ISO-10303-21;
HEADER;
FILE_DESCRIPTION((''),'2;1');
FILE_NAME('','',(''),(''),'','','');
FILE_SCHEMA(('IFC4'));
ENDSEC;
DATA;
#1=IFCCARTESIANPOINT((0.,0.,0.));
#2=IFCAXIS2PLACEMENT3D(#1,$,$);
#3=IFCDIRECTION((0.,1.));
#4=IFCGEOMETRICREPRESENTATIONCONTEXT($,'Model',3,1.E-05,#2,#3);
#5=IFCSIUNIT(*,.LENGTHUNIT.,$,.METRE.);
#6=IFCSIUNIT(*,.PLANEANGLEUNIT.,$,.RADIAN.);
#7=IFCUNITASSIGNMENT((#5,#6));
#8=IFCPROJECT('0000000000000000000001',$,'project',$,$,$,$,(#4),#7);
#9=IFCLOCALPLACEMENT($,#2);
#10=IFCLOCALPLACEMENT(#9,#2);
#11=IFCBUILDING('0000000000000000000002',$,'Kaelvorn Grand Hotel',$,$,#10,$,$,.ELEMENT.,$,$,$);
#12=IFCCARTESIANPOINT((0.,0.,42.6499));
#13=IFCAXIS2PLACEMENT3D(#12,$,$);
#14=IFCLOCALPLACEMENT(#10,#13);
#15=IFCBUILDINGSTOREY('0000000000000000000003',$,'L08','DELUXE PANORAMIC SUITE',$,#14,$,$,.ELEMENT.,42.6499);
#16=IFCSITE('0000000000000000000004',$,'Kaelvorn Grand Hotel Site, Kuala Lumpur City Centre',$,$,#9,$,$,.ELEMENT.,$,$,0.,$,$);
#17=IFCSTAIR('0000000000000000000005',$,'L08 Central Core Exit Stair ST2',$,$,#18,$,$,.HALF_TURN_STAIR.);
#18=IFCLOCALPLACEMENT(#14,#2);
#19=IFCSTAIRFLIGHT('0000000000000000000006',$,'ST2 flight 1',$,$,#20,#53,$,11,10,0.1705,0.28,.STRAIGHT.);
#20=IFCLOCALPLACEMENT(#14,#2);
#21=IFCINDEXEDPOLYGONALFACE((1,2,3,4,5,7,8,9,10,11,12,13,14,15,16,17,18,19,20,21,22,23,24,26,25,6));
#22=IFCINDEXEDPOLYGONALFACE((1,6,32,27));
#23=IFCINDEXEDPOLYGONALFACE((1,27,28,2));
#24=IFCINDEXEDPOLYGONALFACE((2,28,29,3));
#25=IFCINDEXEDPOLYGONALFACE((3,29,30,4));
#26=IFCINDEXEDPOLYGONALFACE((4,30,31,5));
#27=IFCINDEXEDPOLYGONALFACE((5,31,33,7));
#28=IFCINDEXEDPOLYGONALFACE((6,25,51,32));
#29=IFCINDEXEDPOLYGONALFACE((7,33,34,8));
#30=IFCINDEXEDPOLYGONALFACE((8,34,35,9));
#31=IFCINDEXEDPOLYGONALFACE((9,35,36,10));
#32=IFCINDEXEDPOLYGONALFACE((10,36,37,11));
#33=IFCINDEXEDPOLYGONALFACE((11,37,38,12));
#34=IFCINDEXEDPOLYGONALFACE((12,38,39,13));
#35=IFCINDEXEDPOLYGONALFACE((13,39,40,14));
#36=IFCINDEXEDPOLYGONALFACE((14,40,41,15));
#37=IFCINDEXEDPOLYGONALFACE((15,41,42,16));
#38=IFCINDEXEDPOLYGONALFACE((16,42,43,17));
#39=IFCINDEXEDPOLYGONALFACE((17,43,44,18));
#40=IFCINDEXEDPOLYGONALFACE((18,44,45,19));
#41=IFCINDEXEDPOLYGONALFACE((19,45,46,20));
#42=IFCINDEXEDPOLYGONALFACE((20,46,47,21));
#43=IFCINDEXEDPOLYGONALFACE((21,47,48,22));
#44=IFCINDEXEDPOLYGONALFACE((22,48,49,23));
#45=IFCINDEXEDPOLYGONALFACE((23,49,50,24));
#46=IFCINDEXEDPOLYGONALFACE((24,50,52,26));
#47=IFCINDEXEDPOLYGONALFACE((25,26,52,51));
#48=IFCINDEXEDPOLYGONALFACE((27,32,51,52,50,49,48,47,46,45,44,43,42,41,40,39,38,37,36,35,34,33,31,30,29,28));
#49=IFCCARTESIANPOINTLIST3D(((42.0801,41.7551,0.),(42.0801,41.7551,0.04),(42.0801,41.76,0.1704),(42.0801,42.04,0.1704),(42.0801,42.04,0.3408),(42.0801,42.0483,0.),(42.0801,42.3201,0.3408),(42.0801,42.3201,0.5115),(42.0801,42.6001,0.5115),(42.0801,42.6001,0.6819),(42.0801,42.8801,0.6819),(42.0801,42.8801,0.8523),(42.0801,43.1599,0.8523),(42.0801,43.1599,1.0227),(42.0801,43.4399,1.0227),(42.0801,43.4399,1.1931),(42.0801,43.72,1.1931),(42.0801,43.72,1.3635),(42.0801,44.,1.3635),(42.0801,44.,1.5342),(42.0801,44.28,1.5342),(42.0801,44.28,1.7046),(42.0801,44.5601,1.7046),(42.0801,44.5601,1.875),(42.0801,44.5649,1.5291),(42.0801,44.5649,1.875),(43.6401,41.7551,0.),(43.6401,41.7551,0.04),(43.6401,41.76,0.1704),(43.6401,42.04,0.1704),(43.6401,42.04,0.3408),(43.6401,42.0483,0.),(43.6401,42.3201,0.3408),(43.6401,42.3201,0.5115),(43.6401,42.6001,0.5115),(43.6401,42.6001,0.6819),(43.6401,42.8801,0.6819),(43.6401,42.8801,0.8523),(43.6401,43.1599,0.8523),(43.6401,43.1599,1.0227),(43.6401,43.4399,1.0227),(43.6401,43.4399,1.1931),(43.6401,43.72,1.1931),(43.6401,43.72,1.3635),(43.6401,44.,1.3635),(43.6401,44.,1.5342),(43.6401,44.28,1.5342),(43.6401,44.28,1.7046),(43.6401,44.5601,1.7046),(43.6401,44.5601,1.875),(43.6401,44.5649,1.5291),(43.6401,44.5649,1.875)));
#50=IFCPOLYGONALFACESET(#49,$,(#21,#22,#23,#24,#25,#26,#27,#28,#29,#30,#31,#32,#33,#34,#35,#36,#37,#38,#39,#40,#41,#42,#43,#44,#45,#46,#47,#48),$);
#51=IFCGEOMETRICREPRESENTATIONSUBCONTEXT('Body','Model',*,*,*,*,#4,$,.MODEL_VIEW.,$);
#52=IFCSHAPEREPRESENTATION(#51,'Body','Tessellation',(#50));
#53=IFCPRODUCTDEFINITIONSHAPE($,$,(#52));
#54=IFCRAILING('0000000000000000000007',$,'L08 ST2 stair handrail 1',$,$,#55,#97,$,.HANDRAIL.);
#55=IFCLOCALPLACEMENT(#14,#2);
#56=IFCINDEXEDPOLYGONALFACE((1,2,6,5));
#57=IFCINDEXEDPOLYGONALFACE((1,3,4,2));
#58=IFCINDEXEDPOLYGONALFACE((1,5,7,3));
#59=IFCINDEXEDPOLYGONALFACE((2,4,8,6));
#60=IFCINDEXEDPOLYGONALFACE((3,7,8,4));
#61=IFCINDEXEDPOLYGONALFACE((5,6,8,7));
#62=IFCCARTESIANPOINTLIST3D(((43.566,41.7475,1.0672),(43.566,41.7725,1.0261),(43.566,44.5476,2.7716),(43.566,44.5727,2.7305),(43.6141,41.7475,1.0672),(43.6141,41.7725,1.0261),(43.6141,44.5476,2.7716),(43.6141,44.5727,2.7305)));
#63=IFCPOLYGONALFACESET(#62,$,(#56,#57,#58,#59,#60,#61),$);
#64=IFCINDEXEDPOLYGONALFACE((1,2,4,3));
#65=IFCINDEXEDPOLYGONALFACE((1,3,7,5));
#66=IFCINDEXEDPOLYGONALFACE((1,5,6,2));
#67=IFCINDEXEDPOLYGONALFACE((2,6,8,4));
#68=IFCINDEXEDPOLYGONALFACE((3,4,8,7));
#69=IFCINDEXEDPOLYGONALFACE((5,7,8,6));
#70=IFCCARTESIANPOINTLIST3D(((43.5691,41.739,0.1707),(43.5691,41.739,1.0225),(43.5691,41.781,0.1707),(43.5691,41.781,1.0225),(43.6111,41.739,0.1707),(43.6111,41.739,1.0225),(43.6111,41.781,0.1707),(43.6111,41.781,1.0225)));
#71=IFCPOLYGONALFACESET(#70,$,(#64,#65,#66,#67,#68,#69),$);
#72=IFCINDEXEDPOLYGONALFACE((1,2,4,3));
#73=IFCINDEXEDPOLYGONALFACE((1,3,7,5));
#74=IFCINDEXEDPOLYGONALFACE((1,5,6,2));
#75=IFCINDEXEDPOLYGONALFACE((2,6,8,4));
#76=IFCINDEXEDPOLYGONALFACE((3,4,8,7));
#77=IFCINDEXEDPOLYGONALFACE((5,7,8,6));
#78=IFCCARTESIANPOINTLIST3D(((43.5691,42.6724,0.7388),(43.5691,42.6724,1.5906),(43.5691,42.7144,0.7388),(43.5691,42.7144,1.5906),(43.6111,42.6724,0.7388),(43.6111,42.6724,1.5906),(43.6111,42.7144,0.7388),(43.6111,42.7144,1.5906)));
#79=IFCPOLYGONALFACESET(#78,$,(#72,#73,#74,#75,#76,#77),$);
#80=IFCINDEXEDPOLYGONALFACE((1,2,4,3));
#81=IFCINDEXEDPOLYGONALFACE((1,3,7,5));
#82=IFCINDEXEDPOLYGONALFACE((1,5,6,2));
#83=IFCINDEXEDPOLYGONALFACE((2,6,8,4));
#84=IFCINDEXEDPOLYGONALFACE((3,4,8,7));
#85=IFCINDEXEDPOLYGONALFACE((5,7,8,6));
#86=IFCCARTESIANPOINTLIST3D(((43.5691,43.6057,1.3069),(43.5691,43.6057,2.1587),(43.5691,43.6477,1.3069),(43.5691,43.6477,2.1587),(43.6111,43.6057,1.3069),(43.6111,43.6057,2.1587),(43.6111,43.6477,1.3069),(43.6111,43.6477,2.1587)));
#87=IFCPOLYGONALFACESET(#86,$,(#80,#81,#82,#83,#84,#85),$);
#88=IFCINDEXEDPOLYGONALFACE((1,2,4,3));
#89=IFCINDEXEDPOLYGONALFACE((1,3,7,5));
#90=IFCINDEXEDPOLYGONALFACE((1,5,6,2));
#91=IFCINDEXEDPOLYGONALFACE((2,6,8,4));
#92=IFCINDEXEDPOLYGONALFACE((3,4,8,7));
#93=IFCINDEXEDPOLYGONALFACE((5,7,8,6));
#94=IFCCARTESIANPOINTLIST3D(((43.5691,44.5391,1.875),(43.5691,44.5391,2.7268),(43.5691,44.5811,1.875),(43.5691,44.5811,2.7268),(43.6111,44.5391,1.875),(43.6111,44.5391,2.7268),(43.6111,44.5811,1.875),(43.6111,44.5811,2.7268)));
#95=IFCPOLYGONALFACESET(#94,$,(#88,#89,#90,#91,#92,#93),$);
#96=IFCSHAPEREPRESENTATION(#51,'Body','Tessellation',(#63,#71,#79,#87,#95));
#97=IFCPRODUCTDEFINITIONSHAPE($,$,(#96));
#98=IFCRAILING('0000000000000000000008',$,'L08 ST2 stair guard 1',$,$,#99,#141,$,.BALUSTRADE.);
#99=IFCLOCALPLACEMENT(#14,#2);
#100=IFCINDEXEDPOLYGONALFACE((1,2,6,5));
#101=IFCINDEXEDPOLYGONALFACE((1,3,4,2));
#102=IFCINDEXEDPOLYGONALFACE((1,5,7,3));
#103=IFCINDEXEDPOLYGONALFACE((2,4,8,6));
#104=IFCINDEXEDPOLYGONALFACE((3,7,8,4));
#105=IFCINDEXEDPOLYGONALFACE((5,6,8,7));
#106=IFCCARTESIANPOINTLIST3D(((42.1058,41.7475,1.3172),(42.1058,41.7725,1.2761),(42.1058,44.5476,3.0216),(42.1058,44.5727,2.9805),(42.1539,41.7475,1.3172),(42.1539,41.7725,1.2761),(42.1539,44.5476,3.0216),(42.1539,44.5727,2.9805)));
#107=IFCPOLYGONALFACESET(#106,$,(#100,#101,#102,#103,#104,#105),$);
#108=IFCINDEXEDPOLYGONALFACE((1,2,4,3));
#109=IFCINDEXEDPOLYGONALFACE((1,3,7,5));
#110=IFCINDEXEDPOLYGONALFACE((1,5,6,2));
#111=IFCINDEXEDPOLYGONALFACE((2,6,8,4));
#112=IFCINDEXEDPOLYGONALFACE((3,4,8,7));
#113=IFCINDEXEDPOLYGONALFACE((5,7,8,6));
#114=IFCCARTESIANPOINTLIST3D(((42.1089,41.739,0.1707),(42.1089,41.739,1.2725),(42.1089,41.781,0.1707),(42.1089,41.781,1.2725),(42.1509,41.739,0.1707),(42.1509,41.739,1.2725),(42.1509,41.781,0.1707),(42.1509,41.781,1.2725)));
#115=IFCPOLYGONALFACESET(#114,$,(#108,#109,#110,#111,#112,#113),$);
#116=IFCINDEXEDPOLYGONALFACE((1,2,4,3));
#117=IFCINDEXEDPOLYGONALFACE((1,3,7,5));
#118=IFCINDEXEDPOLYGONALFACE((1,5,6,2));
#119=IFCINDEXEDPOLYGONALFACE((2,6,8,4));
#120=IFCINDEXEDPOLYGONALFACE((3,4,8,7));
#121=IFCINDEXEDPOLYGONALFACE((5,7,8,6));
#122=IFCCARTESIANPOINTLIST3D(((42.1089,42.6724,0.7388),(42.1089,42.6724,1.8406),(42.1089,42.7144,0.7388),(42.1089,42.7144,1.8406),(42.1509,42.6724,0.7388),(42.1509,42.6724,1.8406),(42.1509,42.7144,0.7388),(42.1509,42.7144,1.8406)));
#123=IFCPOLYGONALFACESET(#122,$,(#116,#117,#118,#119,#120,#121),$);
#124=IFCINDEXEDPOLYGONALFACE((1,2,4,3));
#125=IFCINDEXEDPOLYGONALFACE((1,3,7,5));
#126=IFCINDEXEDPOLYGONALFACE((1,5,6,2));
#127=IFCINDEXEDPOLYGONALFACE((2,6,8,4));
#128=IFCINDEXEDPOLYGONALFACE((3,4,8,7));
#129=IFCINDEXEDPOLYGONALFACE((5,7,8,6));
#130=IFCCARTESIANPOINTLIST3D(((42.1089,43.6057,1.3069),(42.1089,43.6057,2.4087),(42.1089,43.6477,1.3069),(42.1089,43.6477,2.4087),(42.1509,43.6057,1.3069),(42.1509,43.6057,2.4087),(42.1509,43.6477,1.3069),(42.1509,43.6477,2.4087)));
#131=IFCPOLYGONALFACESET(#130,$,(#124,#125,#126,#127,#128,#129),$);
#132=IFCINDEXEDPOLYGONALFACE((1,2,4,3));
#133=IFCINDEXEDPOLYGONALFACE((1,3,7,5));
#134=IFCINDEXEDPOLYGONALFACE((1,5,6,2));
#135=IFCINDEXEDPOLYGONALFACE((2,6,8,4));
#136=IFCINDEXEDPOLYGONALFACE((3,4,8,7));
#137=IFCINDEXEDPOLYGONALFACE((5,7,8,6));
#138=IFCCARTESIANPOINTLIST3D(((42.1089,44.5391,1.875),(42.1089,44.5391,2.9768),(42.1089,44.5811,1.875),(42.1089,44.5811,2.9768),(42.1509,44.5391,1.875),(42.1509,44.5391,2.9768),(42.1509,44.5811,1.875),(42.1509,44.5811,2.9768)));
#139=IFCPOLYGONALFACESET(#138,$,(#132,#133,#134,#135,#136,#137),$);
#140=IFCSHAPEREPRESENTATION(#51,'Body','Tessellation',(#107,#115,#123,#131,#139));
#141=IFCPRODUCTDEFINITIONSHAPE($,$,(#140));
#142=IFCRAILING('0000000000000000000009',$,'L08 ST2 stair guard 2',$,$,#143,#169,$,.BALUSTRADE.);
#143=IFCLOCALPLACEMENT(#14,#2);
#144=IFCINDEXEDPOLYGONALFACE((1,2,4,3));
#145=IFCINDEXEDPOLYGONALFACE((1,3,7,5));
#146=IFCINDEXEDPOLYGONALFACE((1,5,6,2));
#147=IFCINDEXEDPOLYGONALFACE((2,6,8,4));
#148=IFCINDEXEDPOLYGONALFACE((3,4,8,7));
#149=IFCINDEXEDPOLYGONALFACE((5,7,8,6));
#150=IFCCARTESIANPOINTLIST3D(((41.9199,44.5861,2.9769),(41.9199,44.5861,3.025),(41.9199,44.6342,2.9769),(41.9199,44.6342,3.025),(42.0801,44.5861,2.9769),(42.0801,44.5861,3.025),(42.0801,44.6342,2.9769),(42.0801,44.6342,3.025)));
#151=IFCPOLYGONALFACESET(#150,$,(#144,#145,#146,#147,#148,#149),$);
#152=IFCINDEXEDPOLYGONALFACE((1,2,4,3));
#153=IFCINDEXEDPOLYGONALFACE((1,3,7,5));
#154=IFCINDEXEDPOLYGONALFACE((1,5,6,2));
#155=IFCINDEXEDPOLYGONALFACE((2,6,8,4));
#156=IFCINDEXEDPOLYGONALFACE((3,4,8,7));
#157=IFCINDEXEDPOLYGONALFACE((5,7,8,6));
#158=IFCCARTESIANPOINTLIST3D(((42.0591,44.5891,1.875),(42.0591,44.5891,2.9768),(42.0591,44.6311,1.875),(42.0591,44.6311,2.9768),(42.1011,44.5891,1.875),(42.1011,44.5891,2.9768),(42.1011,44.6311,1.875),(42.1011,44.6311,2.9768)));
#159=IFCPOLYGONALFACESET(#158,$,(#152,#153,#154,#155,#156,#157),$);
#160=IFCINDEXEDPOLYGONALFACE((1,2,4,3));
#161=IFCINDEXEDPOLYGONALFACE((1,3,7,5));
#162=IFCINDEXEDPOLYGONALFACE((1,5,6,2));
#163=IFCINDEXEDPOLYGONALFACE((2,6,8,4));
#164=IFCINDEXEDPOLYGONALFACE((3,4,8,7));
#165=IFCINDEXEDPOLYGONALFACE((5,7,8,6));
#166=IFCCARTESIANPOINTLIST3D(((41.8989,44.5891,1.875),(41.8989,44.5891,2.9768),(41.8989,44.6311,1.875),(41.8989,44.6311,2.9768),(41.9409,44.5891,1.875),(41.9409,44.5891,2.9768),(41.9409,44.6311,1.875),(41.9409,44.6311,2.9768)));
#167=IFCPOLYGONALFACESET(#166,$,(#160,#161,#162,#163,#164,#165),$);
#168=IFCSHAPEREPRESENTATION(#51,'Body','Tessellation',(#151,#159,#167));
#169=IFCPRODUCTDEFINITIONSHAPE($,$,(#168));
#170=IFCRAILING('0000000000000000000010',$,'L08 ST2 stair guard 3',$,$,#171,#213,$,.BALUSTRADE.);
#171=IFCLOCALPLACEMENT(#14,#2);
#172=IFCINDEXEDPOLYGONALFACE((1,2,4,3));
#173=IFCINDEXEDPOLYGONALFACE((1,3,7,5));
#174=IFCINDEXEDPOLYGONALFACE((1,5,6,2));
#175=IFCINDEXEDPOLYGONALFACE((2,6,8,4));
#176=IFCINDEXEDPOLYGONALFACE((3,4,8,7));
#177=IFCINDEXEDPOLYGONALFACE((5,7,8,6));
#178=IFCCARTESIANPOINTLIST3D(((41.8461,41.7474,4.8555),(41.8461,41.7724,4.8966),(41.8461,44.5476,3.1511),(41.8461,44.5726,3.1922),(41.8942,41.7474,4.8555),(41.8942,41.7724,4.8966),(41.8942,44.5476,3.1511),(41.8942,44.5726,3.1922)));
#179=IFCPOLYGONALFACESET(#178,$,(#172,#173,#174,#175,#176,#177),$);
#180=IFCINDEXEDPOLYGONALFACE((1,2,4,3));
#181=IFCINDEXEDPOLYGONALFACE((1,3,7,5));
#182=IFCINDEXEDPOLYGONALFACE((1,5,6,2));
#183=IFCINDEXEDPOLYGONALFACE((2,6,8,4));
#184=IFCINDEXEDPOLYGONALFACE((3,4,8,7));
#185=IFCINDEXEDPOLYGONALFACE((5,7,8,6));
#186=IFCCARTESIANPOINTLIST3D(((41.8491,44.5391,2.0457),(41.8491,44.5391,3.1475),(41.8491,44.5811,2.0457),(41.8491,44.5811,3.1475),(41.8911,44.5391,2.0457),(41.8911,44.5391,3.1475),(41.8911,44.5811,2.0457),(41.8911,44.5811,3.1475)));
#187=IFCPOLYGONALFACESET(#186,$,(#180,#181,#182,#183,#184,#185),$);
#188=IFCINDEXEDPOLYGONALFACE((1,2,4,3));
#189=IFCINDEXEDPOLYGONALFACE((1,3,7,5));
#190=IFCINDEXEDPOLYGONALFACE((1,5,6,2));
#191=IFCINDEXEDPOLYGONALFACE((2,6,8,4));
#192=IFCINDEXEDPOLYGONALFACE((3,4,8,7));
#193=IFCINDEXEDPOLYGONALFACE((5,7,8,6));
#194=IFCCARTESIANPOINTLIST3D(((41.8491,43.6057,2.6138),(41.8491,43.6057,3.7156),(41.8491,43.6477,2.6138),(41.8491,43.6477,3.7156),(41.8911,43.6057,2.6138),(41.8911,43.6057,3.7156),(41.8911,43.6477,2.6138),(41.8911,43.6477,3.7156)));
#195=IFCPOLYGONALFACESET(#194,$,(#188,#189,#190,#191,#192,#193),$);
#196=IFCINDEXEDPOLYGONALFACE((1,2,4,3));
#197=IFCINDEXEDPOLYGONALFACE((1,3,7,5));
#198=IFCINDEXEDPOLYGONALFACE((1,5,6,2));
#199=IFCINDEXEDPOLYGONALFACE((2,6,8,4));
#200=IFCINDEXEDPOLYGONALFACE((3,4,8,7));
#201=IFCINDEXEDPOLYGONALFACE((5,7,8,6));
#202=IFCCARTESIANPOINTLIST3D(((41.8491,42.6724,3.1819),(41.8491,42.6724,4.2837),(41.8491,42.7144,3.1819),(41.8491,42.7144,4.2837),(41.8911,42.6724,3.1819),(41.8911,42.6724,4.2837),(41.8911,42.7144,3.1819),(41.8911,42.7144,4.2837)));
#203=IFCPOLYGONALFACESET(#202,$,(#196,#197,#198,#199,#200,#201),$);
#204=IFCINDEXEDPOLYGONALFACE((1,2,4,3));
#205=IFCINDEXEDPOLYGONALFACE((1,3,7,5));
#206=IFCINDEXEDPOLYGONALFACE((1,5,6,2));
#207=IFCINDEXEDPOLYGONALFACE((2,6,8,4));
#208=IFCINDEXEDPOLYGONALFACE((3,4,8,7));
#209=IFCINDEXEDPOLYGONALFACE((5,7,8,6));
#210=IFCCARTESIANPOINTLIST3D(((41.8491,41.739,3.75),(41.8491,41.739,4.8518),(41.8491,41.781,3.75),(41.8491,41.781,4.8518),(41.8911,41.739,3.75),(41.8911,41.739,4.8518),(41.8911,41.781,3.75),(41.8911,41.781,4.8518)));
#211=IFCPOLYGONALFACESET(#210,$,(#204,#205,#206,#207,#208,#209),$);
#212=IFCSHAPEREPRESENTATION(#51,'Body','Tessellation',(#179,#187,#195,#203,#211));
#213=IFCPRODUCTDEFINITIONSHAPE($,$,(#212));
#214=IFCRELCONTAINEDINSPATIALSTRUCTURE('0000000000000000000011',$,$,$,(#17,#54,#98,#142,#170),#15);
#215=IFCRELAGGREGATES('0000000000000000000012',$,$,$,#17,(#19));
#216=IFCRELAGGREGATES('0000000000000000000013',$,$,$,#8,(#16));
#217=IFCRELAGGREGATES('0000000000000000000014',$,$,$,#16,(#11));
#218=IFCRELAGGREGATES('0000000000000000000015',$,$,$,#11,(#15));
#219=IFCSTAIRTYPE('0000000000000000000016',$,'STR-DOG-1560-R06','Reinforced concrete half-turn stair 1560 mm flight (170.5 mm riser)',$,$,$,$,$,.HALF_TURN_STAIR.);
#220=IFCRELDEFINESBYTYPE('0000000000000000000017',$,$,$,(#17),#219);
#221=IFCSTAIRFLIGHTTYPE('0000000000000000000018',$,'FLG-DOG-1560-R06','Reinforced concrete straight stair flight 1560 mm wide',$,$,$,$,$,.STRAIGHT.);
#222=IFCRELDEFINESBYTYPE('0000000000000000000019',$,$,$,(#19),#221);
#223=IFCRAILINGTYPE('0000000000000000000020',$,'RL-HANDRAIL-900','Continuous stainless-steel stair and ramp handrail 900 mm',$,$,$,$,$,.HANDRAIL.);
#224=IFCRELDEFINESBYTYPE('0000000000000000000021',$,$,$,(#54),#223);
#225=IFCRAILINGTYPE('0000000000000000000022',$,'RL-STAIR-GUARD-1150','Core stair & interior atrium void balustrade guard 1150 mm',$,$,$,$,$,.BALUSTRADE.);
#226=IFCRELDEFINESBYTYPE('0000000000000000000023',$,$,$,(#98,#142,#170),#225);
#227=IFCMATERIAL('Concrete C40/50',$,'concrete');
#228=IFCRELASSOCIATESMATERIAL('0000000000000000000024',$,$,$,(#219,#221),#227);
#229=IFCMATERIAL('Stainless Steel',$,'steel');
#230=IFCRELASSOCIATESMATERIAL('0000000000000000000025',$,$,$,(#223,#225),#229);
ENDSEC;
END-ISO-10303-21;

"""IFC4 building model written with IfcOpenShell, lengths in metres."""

from ifc_helpers import new_model, si_unit, direction, frame, origin, origin_2d, place, context, subcontext, project, spatial, polyline, rectangle, outline, extrude, material, type_object, element, aggregate, save


model = new_model("IFC4")

# Units and contexts
model_context = context("Model", 3, precision=1e-05, world=origin(), true_north=direction((0.0, 1.0)))
body_context = subcontext(model_context, "Body", "Model", "MODEL_VIEW")
ifc_project = project(units=[si_unit("LENGTHUNIT", "METRE"), si_unit("PLANEANGLEUNIT", "RADIAN")], contexts=[model_context])

# Site, building, storey
site_placement = place(None, origin())
site = spatial("IfcSite", under=ifc_project, at=site_placement, Name="Kaelvorn Grand Hotel Site, Kuala Lumpur City Centre", CompositionType="ELEMENT", RefElevation=0.0)
building_placement = place(site_placement, origin())
building = spatial("IfcBuilding", under=site, at=building_placement, Name="Kaelvorn Grand Hotel", CompositionType="ELEMENT")
storey_placement = place(building_placement, frame((0.0, 0.0, 42.6499)))
storey = spatial("IfcBuildingStorey", under=building, at=storey_placement, Name="L08", Description="DELUXE PANORAMIC SUITE", CompositionType="ELEMENT", Elevation=42.6499)

# Shared definitions
ifc_material_1 = material(Name="Concrete C40/50", Category="concrete")

# Shared definitions
ifc_material_2 = material(Name="Stainless Steel", Category="steel")

# Stair, stair flight
stair_type = type_object("IfcStairType", Name="STR-DOG-1560-R06", Description="Reinforced concrete half-turn stair 1560 mm flight (170.5 mm riser)", PredefinedType="HALF_TURN_STAIR", material=ifc_material_1)
stair_placement = place(storey_placement, origin())
stair = element("IfcStair", 1, at=stair_placement, inside=storey, type_object=stair_type, Name="L08 Central Core Exit Stair ST2", PredefinedType="HALF_TURN_STAIR")
stair_flight_type = type_object("IfcStairFlightType", Name="FLG-DOG-1560-R06", Description="Reinforced concrete straight stair flight 1560 mm wide", PredefinedType="STRAIGHT", material=ifc_material_1)
stair_flight_placement = place(storey_placement, frame((42.8601, 41.76, 0.0), z_axis=(0.0, 0.0, 1.0), x_axis=(0.0, 1.0, 0.0)))
stair_flight = element("IfcStairFlight", 2, at=stair_flight_placement, type_object=stair_flight_type, Name="ST2 flight 1", NumberOfRisers=11, NumberOfTreads=10, PredefinedType="STRAIGHT", RiserHeight=0.1705, TreadLength=0.28, context=body_context, shape_type="SweptSolid", body=[
    extrude(outline(polyline([(-0.0049, 0.0), (-0.0049, 0.04), (0.0, 0.1704), (0.28, 0.1704), (0.28, 0.3408), (0.5601, 0.3408), (0.5601, 0.5115), (0.8401, 0.5115), (0.8401, 0.6819), (1.1201, 0.6819), (1.1201, 0.8523), (1.3999, 0.8523), (1.3999, 1.0227), (1.6799, 1.0227), (1.6799, 1.1931), (1.96, 1.1931), (1.96, 1.3635), (2.24, 1.3635), (2.24, 1.5342), (2.52, 1.5342), (2.52, 1.7046), (2.8, 1.7046), (2.8, 1.875), (2.8049, 1.875), (2.8049, 1.5291), (0.2883, 0.0), (-0.0049, 0.0)])), frame((0.0, 0.78, 0.0), z_axis=(0.0, -1.0, 0.0), x_axis=(1.0, 0.0, 0.0)), (0.0, 0.0, 1.0), 1.5601),
])
aggregate(stair, [stair_flight])

# Railings
railing_type_1 = type_object("IfcRailingType", Name="RL-HANDRAIL-900", Description="Continuous stainless-steel stair and ramp handrail 900 mm", PredefinedType="HANDRAIL", material=ifc_material_2)
railing_1_placement = place(storey_placement, frame((43.5901, 41.76, 0.1707)))
element("IfcRailing", 3, at=railing_1_placement, inside=storey, type_object=railing_type_1, Name="L08 ST2 stair handrail 1", PredefinedType="HANDRAIL", context=body_context, shape_type="SweptSolid", body=[
    extrude(rectangle(XDim=0.0481, YDim=0.0481, at=origin_2d()), frame((0.0, 0.0, 0.876), z_axis=(0.0, 0.854203, 0.51994), x_axis=(-1.0, 0.0, 0.0)), (0.0, 0.0, 1.0), 3.2781),
    extrude(rectangle(XDim=0.042, YDim=0.042, at=origin_2d()), origin(), (0.0, 0.0, 1.0), 0.8518),
    extrude(rectangle(XDim=0.042, YDim=0.042, at=origin_2d()), frame((0.0, 0.9333, 0.5681)), (0.0, 0.0, 1.0), 0.8518),
    extrude(rectangle(XDim=0.042, YDim=0.042, at=origin_2d()), frame((0.0, 1.8667, 1.1362)), (0.0, 0.0, 1.0), 0.8518),
    extrude(rectangle(XDim=0.042, YDim=0.042, at=origin_2d()), frame((0.0, 2.8, 1.7043)), (0.0, 0.0, 1.0), 0.8518),
])
railing_type_2 = type_object("IfcRailingType", Name="RL-STAIR-GUARD-1150", Description="Core stair & interior atrium void balustrade guard 1150 mm", PredefinedType="BALUSTRADE", material=ifc_material_2)
railing_2_placement = place(storey_placement, frame((42.1299, 41.76, 0.1707)))
element("IfcRailing", 4, at=railing_2_placement, inside=storey, type_object=railing_type_2, Name="L08 ST2 stair guard 1", PredefinedType="BALUSTRADE", context=body_context, shape_type="SweptSolid", body=[
    extrude(rectangle(XDim=0.0481, YDim=0.0481, at=origin_2d()), frame((0.0, 0.0, 1.126), z_axis=(0.0, 0.854203, 0.51994), x_axis=(-1.0, 0.0, 0.0)), (0.0, 0.0, 1.0), 3.2781),
    extrude(rectangle(XDim=0.042, YDim=0.042, at=origin_2d()), origin(), (0.0, 0.0, 1.0), 1.1018),
    extrude(rectangle(XDim=0.042, YDim=0.042, at=origin_2d()), frame((0.0, 0.9333, 0.5681)), (0.0, 0.0, 1.0), 1.1018),
    extrude(rectangle(XDim=0.042, YDim=0.042, at=origin_2d()), frame((0.0, 1.8667, 1.1362)), (0.0, 0.0, 1.0), 1.1018),
    extrude(rectangle(XDim=0.042, YDim=0.042, at=origin_2d()), frame((0.0, 2.8, 1.7043)), (0.0, 0.0, 1.0), 1.1018),
])
railing_3_placement = place(storey_placement, frame((42.0801, 44.6101, 1.875)))
element("IfcRailing", 5, at=railing_3_placement, inside=storey, type_object=railing_type_2, Name="L08 ST2 stair guard 2", PredefinedType="BALUSTRADE", context=body_context, shape_type="SweptSolid", body=[
    extrude(rectangle(XDim=0.0481, YDim=0.0481, at=origin_2d()), frame((0.0, 0.0, 1.126), z_axis=(-1.0, 0.0, 0.0), x_axis=(0.0, -1.0, 0.0)), (0.0, 0.0, 1.0), 0.1602),
    extrude(rectangle(XDim=0.042, YDim=0.042, at=origin_2d()), origin(), (0.0, 0.0, 1.0), 1.1018),
    extrude(rectangle(XDim=0.042, YDim=0.042, at=origin_2d()), frame((-0.1602, 0.0, 0.0)), (0.0, 0.0, 1.0), 1.1018),
])
railing_4_placement = place(storey_placement, frame((41.8701, 44.5601, 2.0457)))
element("IfcRailing", 6, at=railing_4_placement, inside=storey, type_object=railing_type_2, Name="L08 ST2 stair guard 3", PredefinedType="BALUSTRADE", context=body_context, shape_type="SweptSolid", body=[
    extrude(rectangle(XDim=0.0481, YDim=0.0481, at=origin_2d()), frame((0.0, 0.0, 1.126), z_axis=(0.0, -0.854203, 0.51994), x_axis=(1.0, 0.0, 0.0)), (0.0, 0.0, 1.0), 3.2781),
    extrude(rectangle(XDim=0.042, YDim=0.042, at=origin_2d()), origin(), (0.0, 0.0, 1.0), 1.1018),
    extrude(rectangle(XDim=0.042, YDim=0.042, at=origin_2d()), frame((0.0, -0.9333, 0.5681)), (0.0, 0.0, 1.0), 1.1018),
    extrude(rectangle(XDim=0.042, YDim=0.042, at=origin_2d()), frame((0.0, -1.8667, 1.1362)), (0.0, 0.0, 1.0), 1.1018),
    extrude(rectangle(XDim=0.042, YDim=0.042, at=origin_2d()), frame((0.0, -2.8, 1.7043)), (0.0, 0.0, 1.0), 1.1018),
])

save(model, "model.ifc")
